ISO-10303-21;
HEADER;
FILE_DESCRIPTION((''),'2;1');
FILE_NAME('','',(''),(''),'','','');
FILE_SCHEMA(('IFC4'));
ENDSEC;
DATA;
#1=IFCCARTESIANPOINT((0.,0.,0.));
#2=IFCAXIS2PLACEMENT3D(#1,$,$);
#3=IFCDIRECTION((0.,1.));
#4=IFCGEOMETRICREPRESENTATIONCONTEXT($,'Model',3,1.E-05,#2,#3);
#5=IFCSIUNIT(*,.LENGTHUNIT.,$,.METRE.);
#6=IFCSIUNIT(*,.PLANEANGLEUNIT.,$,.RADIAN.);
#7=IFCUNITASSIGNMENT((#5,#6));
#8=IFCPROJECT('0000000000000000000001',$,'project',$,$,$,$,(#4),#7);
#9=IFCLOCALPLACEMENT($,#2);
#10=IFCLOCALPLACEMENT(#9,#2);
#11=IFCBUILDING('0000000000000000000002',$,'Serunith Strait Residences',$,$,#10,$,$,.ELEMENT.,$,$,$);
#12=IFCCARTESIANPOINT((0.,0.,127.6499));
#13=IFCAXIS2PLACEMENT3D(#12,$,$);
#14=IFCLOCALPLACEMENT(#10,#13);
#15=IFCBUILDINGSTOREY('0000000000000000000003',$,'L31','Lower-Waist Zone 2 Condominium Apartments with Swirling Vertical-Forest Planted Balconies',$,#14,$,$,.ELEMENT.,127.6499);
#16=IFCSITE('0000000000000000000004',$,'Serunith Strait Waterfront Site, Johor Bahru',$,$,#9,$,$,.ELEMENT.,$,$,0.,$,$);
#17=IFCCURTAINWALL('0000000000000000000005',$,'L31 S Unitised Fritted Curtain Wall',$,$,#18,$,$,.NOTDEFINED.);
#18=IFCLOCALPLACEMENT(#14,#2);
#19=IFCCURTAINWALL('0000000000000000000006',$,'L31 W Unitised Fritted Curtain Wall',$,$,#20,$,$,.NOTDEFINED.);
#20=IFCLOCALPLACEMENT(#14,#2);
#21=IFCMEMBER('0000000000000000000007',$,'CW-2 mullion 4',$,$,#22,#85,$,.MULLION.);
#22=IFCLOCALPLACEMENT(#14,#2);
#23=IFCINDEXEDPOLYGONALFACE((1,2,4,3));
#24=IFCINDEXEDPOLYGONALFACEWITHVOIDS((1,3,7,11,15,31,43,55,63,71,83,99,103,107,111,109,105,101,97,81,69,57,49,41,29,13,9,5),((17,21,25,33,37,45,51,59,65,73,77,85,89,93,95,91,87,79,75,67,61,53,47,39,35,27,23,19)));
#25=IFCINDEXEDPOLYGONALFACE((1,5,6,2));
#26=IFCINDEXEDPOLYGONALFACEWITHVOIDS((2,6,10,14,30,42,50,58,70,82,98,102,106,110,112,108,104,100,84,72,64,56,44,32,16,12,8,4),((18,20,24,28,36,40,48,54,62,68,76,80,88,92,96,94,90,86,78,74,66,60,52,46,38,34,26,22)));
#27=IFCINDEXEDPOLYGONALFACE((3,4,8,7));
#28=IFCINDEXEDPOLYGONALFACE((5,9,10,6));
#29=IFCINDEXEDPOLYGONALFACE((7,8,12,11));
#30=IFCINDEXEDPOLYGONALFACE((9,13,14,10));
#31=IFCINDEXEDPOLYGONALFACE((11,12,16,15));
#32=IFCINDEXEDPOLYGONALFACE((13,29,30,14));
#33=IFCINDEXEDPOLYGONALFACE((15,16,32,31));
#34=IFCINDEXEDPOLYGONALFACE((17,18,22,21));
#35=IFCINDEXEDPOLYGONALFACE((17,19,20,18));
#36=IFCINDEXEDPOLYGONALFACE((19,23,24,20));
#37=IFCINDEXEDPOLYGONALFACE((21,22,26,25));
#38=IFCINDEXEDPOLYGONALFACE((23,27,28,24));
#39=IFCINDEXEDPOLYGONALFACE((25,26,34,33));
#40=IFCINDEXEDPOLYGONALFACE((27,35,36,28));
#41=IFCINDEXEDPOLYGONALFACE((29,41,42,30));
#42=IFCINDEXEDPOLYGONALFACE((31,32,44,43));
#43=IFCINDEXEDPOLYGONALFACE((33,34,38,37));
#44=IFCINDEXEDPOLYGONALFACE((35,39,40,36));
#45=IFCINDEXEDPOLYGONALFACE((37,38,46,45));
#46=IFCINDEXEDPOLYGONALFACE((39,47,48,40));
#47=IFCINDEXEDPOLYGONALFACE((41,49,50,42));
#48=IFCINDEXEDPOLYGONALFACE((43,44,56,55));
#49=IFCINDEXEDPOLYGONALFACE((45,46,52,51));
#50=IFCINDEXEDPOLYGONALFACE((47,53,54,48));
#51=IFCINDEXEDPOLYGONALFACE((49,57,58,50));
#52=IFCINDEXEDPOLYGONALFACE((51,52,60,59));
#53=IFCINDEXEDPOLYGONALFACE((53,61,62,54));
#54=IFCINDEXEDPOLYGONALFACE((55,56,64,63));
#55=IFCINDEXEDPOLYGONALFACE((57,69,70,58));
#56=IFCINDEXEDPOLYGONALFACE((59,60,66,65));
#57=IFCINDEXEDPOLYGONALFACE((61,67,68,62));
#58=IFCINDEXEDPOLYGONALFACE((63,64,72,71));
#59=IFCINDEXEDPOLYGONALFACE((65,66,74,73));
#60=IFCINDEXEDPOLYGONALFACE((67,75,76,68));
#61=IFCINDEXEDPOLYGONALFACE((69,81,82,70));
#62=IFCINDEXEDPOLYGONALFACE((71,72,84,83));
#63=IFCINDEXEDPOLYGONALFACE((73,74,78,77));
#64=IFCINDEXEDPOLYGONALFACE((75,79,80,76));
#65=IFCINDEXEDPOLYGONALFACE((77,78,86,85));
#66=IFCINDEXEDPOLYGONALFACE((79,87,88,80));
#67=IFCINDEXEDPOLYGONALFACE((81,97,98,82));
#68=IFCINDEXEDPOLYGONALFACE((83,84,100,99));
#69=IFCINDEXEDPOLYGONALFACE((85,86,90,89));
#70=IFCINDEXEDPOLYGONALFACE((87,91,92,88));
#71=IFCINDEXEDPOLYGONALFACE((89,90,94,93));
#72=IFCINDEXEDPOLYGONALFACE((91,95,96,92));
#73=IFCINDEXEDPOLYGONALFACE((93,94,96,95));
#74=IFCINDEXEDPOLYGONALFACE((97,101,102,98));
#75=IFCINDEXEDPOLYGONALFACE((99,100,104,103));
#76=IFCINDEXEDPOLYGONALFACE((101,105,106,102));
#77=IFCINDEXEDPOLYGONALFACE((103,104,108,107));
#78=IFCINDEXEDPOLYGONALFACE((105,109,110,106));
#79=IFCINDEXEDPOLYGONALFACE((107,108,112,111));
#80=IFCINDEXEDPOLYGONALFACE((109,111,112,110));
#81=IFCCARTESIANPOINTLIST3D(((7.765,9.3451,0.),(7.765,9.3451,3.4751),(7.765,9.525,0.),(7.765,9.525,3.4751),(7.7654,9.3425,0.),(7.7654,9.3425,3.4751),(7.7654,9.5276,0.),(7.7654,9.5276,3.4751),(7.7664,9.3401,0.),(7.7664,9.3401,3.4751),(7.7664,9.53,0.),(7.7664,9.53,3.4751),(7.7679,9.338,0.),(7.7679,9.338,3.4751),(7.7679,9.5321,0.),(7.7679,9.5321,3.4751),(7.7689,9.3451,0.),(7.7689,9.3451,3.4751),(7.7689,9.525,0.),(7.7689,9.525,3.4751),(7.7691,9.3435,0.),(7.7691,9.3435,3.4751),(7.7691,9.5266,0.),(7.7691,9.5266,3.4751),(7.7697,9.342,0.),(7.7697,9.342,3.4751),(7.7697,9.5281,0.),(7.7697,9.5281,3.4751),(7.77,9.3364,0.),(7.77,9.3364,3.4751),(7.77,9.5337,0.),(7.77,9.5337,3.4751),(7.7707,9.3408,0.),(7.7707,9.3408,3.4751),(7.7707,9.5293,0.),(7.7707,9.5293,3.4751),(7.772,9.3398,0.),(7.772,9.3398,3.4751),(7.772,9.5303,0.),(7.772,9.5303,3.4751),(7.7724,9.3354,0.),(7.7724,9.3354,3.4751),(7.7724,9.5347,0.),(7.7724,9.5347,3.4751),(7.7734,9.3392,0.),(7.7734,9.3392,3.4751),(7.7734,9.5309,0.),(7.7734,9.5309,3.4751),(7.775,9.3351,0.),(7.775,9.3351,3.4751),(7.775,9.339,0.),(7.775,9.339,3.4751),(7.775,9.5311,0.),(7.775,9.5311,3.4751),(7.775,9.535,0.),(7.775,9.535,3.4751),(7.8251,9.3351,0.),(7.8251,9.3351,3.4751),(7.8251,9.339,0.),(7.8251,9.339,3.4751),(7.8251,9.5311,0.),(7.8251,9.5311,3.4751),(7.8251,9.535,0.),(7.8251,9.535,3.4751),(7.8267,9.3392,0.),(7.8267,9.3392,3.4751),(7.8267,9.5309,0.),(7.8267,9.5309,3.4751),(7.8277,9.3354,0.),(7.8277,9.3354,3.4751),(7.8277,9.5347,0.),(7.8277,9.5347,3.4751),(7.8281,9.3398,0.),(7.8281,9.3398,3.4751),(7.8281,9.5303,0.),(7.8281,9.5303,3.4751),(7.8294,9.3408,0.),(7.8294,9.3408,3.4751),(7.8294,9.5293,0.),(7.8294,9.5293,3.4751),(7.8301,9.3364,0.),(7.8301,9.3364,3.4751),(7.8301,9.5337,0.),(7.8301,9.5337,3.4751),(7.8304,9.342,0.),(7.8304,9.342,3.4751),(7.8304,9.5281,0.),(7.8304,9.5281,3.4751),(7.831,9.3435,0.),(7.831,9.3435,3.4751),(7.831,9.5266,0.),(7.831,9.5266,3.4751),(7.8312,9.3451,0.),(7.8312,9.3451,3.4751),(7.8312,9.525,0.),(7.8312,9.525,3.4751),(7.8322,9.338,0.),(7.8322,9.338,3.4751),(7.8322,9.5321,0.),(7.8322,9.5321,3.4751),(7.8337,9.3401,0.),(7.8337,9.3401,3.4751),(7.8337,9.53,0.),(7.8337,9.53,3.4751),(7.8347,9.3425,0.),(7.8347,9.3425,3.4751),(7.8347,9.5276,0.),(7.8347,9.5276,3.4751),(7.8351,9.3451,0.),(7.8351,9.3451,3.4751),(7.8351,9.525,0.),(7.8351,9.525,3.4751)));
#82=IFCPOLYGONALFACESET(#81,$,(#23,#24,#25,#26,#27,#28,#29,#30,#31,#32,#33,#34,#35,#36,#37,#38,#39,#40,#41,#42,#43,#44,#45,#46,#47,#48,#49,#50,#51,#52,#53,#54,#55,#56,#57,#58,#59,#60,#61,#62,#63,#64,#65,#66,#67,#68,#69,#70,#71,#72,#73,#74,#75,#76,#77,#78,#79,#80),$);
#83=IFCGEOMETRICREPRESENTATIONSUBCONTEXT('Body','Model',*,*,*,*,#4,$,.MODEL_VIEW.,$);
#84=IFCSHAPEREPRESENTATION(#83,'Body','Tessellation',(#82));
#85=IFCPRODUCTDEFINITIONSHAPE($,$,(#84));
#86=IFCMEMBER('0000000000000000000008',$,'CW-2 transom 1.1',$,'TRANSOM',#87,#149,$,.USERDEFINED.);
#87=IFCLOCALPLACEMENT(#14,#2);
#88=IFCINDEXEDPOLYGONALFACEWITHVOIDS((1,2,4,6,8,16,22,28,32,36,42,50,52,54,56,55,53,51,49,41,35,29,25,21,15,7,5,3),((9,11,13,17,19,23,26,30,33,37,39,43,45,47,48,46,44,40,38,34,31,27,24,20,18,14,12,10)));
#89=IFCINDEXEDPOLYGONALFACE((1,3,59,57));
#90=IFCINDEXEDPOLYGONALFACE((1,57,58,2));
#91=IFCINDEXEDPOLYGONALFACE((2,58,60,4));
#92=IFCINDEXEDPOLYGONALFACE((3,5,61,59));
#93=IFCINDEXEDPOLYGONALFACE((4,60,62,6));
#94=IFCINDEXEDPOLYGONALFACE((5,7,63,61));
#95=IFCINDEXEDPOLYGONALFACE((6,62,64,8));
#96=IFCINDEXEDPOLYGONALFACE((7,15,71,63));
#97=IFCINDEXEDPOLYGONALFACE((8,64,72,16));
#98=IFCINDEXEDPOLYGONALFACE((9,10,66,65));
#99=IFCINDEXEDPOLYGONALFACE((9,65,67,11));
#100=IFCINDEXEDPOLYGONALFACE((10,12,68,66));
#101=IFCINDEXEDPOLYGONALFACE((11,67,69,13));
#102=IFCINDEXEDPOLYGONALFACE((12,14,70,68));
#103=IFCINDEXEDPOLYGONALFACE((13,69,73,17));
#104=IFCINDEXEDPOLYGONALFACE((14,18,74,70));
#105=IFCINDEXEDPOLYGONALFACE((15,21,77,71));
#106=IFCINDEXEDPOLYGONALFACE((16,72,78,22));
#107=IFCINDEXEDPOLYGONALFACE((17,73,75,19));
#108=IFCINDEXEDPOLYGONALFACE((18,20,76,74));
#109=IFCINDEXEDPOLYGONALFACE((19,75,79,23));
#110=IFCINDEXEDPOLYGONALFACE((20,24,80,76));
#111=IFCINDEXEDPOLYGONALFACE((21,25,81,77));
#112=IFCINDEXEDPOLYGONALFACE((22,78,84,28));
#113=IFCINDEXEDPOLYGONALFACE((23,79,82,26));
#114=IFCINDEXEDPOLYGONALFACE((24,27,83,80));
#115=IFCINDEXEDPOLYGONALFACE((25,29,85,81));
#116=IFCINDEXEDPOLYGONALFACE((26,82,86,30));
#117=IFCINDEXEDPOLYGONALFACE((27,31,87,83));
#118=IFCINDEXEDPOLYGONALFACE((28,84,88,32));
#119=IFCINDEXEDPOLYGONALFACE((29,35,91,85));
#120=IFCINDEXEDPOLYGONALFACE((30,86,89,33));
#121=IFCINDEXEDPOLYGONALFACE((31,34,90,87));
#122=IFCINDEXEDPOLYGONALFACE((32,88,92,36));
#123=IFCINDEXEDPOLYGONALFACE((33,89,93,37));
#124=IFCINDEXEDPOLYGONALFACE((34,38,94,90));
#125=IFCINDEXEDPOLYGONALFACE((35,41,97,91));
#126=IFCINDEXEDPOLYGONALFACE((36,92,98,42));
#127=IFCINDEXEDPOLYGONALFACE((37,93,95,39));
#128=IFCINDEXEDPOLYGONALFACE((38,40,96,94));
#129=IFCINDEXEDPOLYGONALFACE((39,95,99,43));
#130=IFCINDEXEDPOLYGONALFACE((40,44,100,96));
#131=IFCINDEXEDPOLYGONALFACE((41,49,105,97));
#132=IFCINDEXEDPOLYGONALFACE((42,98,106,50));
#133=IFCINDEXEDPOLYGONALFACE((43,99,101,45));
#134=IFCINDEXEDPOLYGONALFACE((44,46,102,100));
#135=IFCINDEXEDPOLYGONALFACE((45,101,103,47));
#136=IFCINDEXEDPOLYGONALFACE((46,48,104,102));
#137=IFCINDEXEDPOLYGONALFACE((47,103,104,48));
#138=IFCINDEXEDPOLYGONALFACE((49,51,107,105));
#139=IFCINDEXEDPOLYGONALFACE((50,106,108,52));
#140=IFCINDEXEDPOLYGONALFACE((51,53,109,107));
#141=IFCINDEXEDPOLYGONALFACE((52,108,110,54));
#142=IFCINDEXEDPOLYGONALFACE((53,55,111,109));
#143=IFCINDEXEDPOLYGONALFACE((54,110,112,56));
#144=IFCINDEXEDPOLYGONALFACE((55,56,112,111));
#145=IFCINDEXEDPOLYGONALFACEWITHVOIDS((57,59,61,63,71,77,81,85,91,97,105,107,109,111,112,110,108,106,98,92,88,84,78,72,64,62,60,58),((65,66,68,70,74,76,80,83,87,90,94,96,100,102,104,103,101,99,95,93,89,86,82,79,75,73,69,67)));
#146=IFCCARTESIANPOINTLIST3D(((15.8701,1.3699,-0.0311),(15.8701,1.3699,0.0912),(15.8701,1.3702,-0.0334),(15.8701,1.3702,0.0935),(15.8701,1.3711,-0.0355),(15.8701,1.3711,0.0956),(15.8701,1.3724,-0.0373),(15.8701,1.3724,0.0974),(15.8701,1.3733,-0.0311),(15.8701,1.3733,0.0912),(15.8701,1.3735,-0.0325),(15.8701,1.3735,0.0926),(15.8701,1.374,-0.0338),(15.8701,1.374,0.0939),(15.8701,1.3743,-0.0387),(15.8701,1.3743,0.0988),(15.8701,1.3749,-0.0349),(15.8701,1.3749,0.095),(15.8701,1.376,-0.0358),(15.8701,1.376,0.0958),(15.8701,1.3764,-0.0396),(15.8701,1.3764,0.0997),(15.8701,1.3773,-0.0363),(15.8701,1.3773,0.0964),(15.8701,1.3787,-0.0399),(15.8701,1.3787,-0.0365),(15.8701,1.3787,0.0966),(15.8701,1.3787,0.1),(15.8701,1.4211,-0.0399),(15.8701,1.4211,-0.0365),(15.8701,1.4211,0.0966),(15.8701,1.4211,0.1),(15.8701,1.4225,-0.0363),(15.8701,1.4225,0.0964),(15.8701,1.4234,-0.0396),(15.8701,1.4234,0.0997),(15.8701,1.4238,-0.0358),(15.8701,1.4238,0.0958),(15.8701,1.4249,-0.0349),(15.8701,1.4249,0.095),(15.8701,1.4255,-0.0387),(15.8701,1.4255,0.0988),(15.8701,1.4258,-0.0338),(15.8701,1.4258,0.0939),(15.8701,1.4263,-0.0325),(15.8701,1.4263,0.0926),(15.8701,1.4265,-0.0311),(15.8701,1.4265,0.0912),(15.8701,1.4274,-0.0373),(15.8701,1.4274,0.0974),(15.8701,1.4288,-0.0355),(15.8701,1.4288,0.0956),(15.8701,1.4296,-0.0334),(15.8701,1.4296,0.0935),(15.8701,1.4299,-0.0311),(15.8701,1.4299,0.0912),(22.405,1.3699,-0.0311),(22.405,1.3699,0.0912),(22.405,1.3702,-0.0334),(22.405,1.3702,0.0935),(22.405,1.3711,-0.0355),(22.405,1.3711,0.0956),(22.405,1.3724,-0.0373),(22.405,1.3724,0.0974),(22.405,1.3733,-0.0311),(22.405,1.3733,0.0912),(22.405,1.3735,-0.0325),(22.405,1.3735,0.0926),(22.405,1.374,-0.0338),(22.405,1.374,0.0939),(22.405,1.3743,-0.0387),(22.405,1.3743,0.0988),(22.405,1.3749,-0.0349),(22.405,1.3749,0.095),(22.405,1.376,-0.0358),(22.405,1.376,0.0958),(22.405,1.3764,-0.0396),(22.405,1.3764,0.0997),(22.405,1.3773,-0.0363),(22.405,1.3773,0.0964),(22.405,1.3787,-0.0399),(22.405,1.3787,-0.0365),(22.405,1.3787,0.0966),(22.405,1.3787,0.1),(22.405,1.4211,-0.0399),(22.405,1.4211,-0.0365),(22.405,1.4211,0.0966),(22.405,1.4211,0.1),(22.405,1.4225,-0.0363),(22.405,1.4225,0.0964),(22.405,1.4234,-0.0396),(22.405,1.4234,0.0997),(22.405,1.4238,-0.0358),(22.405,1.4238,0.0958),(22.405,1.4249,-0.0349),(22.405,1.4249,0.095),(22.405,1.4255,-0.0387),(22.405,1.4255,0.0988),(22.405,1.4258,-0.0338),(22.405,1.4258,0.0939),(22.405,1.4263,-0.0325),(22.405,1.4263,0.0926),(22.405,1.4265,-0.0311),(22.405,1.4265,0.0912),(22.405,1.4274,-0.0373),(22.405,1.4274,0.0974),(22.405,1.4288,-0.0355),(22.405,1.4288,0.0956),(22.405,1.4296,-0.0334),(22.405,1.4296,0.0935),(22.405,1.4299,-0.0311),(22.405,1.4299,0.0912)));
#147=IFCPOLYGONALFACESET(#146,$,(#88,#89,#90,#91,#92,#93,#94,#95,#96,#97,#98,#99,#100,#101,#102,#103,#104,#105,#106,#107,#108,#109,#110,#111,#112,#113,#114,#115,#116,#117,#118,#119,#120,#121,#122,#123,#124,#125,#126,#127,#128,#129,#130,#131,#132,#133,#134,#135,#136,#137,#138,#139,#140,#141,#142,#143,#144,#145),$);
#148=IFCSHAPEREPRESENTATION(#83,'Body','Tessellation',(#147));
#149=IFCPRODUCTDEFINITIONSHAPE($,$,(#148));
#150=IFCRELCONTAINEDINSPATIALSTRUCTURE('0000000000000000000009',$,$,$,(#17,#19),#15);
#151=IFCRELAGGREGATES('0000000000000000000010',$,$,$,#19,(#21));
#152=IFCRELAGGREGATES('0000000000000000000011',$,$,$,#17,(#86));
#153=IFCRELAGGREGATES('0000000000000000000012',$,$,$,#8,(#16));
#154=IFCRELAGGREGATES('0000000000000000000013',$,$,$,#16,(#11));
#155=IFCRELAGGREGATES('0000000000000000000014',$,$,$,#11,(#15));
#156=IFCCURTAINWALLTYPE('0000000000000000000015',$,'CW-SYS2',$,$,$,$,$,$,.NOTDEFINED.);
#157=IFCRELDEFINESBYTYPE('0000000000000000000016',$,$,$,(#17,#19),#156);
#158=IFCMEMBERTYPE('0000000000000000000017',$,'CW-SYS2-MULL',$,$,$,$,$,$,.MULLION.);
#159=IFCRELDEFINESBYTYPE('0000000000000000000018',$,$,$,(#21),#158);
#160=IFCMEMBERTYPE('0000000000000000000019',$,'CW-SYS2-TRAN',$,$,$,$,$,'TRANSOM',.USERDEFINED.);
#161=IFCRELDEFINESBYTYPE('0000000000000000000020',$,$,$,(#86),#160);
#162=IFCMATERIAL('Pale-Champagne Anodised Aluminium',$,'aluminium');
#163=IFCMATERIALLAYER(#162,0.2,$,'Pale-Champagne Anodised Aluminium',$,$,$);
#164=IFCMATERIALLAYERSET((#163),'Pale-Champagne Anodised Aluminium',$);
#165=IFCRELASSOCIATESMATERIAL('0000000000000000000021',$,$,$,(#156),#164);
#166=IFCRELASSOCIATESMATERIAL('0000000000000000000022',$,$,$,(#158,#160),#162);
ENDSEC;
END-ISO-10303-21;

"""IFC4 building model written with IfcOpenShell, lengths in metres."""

from ifc_helpers import new_model, si_unit, direction, frame, origin, origin_2d, place, context, subcontext, project, spatial, hollow_rectangle, extrude, source, transform, mapped, material, layer, layer_set, material_profile, profile_set, type_object, element, aggregate, save


model = new_model("IFC4")

# Units and contexts
model_context = context("Model", 3, precision=1e-05, world=origin(), true_north=direction((0.0, 1.0)))
body_context = subcontext(model_context, "Body", "Model", "MODEL_VIEW")
ifc_project = project(units=[si_unit("LENGTHUNIT", "METRE"), si_unit("PLANEANGLEUNIT", "RADIAN")], contexts=[model_context])

# Site, building, storey
site_placement = place(None, origin())
site = spatial("IfcSite", under=ifc_project, at=site_placement, Name="Serunith Strait Waterfront Site, Johor Bahru", CompositionType="ELEMENT", RefElevation=0.0)
building_placement = place(site_placement, origin())
building = spatial("IfcBuilding", under=site, at=building_placement, Name="Serunith Strait Residences", CompositionType="ELEMENT")
storey_placement = place(building_placement, frame((0.0, 0.0, 127.6499)))
storey = spatial("IfcBuildingStorey", under=building, at=storey_placement, Name="L31", Description="Lower-Waist Zone 2 Condominium Apartments with Swirling Vertical-Forest Planted Balconies", CompositionType="ELEMENT", Elevation=127.6499)

# Curtain walls, member
ifc_material_1 = material(Name="Pale-Champagne Anodised Aluminium", Category="aluminium")
ifc_layer_1 = layer(ifc_material_1, 0.2, Name="Pale-Champagne Anodised Aluminium")
ifc_layer_set_1 = layer_set([ifc_layer_1], Name="Pale-Champagne Anodised Aluminium")
curtain_wall_type = type_object("IfcCurtainWallType", Name="CW-SYS2", PredefinedType="NOTDEFINED", material=ifc_layer_set_1)
curtain_wall_1_placement = place(storey_placement, origin())
curtain_wall_1 = element("IfcCurtainWall", 1, at=curtain_wall_1_placement, inside=storey, type_object=curtain_wall_type, Name="L31 S Unitised Fritted Curtain Wall", PredefinedType="NOTDEFINED")
ifc_material_profile_1 = material_profile(ifc_material_1, hollow_rectangle(XDim=0.0701, YDim=0.2, WallThickness=0.0039, InnerFilletRadius=0.0061, OuterFilletRadius=0.01, at=origin_2d()), Name="ALU 200x70x4")
ifc_profile_set_1 = profile_set([ifc_material_profile_1], Name="Pale-Champagne Anodised Aluminium")
member_type_1 = type_object("IfcMemberType", Name="CW-SYS2-MULL", PredefinedType="MULLION", material=ifc_profile_set_1)
shared_shape_1 = source(origin(), body_context, "Body", "SweptSolid", [
    extrude(hollow_rectangle(XDim=0.0701, YDim=0.2, WallThickness=0.0039, InnerFilletRadius=0.0061, OuterFilletRadius=0.01, at=origin_2d()), origin(), (0.0, 0.0, 1.0), 3.4751),
])
curtain_wall_2_placement = place(storey_placement, origin())
curtain_wall_2 = element("IfcCurtainWall", 2, at=curtain_wall_2_placement, inside=storey, type_object=curtain_wall_type, Name="L31 W Unitised Fritted Curtain Wall", PredefinedType="NOTDEFINED")
member_1_placement = place(storey_placement, frame((7.8, 9.4351, 0.0), z_axis=(0.0, 0.0, 1.0), x_axis=(1.0, 0.0, 0.0)))
member_1 = element("IfcMember", 3, at=member_1_placement, type_object=member_type_1, Name="CW-2 mullion 4", PredefinedType="MULLION", context=body_context, shape_type="MappedRepresentation", body=[
    mapped(shared_shape_1, transform((0.0, 0.0, 0.0), scale=1.0)),
])
aggregate(curtain_wall_2, [member_1])

# Member
ifc_material_profile_2 = material_profile(ifc_material_1, hollow_rectangle(XDim=0.0601, YDim=0.1399, WallThickness=0.0034, InnerFilletRadius=0.0054, OuterFilletRadius=0.0088, at=origin_2d()), Name="ALU 140x60x3.5")
ifc_profile_set_2 = profile_set([ifc_material_profile_2], Name="Pale-Champagne Anodised Aluminium")
member_type_2 = type_object("IfcMemberType", Name="CW-SYS2-TRAN", ElementType="TRANSOM", PredefinedType="USERDEFINED", material=ifc_profile_set_2)
shared_shape_2 = source(origin(), body_context, "Body", "SweptSolid", [
    extrude(hollow_rectangle(XDim=0.0601, YDim=0.1399, WallThickness=0.0034, InnerFilletRadius=0.0054, OuterFilletRadius=0.0088, at=origin_2d()), origin(), (0.0, 0.0, 1.0), 6.5349),
])
member_2_placement = place(storey_placement, frame((15.8701, 1.3999, 0.03), z_axis=(1.0, 0.0, 0.0), x_axis=(0.0, 1.0, 0.0)))
member_2 = element("IfcMember", 4, at=member_2_placement, type_object=member_type_2, Name="CW-2 transom 1.1", ObjectType="TRANSOM", PredefinedType="USERDEFINED", context=body_context, shape_type="MappedRepresentation", body=[
    mapped(shared_shape_2, transform((0.0, 0.0, 0.0), scale=1.0)),
])
aggregate(curtain_wall_1, [member_2])

save(model, "model.ifc")
